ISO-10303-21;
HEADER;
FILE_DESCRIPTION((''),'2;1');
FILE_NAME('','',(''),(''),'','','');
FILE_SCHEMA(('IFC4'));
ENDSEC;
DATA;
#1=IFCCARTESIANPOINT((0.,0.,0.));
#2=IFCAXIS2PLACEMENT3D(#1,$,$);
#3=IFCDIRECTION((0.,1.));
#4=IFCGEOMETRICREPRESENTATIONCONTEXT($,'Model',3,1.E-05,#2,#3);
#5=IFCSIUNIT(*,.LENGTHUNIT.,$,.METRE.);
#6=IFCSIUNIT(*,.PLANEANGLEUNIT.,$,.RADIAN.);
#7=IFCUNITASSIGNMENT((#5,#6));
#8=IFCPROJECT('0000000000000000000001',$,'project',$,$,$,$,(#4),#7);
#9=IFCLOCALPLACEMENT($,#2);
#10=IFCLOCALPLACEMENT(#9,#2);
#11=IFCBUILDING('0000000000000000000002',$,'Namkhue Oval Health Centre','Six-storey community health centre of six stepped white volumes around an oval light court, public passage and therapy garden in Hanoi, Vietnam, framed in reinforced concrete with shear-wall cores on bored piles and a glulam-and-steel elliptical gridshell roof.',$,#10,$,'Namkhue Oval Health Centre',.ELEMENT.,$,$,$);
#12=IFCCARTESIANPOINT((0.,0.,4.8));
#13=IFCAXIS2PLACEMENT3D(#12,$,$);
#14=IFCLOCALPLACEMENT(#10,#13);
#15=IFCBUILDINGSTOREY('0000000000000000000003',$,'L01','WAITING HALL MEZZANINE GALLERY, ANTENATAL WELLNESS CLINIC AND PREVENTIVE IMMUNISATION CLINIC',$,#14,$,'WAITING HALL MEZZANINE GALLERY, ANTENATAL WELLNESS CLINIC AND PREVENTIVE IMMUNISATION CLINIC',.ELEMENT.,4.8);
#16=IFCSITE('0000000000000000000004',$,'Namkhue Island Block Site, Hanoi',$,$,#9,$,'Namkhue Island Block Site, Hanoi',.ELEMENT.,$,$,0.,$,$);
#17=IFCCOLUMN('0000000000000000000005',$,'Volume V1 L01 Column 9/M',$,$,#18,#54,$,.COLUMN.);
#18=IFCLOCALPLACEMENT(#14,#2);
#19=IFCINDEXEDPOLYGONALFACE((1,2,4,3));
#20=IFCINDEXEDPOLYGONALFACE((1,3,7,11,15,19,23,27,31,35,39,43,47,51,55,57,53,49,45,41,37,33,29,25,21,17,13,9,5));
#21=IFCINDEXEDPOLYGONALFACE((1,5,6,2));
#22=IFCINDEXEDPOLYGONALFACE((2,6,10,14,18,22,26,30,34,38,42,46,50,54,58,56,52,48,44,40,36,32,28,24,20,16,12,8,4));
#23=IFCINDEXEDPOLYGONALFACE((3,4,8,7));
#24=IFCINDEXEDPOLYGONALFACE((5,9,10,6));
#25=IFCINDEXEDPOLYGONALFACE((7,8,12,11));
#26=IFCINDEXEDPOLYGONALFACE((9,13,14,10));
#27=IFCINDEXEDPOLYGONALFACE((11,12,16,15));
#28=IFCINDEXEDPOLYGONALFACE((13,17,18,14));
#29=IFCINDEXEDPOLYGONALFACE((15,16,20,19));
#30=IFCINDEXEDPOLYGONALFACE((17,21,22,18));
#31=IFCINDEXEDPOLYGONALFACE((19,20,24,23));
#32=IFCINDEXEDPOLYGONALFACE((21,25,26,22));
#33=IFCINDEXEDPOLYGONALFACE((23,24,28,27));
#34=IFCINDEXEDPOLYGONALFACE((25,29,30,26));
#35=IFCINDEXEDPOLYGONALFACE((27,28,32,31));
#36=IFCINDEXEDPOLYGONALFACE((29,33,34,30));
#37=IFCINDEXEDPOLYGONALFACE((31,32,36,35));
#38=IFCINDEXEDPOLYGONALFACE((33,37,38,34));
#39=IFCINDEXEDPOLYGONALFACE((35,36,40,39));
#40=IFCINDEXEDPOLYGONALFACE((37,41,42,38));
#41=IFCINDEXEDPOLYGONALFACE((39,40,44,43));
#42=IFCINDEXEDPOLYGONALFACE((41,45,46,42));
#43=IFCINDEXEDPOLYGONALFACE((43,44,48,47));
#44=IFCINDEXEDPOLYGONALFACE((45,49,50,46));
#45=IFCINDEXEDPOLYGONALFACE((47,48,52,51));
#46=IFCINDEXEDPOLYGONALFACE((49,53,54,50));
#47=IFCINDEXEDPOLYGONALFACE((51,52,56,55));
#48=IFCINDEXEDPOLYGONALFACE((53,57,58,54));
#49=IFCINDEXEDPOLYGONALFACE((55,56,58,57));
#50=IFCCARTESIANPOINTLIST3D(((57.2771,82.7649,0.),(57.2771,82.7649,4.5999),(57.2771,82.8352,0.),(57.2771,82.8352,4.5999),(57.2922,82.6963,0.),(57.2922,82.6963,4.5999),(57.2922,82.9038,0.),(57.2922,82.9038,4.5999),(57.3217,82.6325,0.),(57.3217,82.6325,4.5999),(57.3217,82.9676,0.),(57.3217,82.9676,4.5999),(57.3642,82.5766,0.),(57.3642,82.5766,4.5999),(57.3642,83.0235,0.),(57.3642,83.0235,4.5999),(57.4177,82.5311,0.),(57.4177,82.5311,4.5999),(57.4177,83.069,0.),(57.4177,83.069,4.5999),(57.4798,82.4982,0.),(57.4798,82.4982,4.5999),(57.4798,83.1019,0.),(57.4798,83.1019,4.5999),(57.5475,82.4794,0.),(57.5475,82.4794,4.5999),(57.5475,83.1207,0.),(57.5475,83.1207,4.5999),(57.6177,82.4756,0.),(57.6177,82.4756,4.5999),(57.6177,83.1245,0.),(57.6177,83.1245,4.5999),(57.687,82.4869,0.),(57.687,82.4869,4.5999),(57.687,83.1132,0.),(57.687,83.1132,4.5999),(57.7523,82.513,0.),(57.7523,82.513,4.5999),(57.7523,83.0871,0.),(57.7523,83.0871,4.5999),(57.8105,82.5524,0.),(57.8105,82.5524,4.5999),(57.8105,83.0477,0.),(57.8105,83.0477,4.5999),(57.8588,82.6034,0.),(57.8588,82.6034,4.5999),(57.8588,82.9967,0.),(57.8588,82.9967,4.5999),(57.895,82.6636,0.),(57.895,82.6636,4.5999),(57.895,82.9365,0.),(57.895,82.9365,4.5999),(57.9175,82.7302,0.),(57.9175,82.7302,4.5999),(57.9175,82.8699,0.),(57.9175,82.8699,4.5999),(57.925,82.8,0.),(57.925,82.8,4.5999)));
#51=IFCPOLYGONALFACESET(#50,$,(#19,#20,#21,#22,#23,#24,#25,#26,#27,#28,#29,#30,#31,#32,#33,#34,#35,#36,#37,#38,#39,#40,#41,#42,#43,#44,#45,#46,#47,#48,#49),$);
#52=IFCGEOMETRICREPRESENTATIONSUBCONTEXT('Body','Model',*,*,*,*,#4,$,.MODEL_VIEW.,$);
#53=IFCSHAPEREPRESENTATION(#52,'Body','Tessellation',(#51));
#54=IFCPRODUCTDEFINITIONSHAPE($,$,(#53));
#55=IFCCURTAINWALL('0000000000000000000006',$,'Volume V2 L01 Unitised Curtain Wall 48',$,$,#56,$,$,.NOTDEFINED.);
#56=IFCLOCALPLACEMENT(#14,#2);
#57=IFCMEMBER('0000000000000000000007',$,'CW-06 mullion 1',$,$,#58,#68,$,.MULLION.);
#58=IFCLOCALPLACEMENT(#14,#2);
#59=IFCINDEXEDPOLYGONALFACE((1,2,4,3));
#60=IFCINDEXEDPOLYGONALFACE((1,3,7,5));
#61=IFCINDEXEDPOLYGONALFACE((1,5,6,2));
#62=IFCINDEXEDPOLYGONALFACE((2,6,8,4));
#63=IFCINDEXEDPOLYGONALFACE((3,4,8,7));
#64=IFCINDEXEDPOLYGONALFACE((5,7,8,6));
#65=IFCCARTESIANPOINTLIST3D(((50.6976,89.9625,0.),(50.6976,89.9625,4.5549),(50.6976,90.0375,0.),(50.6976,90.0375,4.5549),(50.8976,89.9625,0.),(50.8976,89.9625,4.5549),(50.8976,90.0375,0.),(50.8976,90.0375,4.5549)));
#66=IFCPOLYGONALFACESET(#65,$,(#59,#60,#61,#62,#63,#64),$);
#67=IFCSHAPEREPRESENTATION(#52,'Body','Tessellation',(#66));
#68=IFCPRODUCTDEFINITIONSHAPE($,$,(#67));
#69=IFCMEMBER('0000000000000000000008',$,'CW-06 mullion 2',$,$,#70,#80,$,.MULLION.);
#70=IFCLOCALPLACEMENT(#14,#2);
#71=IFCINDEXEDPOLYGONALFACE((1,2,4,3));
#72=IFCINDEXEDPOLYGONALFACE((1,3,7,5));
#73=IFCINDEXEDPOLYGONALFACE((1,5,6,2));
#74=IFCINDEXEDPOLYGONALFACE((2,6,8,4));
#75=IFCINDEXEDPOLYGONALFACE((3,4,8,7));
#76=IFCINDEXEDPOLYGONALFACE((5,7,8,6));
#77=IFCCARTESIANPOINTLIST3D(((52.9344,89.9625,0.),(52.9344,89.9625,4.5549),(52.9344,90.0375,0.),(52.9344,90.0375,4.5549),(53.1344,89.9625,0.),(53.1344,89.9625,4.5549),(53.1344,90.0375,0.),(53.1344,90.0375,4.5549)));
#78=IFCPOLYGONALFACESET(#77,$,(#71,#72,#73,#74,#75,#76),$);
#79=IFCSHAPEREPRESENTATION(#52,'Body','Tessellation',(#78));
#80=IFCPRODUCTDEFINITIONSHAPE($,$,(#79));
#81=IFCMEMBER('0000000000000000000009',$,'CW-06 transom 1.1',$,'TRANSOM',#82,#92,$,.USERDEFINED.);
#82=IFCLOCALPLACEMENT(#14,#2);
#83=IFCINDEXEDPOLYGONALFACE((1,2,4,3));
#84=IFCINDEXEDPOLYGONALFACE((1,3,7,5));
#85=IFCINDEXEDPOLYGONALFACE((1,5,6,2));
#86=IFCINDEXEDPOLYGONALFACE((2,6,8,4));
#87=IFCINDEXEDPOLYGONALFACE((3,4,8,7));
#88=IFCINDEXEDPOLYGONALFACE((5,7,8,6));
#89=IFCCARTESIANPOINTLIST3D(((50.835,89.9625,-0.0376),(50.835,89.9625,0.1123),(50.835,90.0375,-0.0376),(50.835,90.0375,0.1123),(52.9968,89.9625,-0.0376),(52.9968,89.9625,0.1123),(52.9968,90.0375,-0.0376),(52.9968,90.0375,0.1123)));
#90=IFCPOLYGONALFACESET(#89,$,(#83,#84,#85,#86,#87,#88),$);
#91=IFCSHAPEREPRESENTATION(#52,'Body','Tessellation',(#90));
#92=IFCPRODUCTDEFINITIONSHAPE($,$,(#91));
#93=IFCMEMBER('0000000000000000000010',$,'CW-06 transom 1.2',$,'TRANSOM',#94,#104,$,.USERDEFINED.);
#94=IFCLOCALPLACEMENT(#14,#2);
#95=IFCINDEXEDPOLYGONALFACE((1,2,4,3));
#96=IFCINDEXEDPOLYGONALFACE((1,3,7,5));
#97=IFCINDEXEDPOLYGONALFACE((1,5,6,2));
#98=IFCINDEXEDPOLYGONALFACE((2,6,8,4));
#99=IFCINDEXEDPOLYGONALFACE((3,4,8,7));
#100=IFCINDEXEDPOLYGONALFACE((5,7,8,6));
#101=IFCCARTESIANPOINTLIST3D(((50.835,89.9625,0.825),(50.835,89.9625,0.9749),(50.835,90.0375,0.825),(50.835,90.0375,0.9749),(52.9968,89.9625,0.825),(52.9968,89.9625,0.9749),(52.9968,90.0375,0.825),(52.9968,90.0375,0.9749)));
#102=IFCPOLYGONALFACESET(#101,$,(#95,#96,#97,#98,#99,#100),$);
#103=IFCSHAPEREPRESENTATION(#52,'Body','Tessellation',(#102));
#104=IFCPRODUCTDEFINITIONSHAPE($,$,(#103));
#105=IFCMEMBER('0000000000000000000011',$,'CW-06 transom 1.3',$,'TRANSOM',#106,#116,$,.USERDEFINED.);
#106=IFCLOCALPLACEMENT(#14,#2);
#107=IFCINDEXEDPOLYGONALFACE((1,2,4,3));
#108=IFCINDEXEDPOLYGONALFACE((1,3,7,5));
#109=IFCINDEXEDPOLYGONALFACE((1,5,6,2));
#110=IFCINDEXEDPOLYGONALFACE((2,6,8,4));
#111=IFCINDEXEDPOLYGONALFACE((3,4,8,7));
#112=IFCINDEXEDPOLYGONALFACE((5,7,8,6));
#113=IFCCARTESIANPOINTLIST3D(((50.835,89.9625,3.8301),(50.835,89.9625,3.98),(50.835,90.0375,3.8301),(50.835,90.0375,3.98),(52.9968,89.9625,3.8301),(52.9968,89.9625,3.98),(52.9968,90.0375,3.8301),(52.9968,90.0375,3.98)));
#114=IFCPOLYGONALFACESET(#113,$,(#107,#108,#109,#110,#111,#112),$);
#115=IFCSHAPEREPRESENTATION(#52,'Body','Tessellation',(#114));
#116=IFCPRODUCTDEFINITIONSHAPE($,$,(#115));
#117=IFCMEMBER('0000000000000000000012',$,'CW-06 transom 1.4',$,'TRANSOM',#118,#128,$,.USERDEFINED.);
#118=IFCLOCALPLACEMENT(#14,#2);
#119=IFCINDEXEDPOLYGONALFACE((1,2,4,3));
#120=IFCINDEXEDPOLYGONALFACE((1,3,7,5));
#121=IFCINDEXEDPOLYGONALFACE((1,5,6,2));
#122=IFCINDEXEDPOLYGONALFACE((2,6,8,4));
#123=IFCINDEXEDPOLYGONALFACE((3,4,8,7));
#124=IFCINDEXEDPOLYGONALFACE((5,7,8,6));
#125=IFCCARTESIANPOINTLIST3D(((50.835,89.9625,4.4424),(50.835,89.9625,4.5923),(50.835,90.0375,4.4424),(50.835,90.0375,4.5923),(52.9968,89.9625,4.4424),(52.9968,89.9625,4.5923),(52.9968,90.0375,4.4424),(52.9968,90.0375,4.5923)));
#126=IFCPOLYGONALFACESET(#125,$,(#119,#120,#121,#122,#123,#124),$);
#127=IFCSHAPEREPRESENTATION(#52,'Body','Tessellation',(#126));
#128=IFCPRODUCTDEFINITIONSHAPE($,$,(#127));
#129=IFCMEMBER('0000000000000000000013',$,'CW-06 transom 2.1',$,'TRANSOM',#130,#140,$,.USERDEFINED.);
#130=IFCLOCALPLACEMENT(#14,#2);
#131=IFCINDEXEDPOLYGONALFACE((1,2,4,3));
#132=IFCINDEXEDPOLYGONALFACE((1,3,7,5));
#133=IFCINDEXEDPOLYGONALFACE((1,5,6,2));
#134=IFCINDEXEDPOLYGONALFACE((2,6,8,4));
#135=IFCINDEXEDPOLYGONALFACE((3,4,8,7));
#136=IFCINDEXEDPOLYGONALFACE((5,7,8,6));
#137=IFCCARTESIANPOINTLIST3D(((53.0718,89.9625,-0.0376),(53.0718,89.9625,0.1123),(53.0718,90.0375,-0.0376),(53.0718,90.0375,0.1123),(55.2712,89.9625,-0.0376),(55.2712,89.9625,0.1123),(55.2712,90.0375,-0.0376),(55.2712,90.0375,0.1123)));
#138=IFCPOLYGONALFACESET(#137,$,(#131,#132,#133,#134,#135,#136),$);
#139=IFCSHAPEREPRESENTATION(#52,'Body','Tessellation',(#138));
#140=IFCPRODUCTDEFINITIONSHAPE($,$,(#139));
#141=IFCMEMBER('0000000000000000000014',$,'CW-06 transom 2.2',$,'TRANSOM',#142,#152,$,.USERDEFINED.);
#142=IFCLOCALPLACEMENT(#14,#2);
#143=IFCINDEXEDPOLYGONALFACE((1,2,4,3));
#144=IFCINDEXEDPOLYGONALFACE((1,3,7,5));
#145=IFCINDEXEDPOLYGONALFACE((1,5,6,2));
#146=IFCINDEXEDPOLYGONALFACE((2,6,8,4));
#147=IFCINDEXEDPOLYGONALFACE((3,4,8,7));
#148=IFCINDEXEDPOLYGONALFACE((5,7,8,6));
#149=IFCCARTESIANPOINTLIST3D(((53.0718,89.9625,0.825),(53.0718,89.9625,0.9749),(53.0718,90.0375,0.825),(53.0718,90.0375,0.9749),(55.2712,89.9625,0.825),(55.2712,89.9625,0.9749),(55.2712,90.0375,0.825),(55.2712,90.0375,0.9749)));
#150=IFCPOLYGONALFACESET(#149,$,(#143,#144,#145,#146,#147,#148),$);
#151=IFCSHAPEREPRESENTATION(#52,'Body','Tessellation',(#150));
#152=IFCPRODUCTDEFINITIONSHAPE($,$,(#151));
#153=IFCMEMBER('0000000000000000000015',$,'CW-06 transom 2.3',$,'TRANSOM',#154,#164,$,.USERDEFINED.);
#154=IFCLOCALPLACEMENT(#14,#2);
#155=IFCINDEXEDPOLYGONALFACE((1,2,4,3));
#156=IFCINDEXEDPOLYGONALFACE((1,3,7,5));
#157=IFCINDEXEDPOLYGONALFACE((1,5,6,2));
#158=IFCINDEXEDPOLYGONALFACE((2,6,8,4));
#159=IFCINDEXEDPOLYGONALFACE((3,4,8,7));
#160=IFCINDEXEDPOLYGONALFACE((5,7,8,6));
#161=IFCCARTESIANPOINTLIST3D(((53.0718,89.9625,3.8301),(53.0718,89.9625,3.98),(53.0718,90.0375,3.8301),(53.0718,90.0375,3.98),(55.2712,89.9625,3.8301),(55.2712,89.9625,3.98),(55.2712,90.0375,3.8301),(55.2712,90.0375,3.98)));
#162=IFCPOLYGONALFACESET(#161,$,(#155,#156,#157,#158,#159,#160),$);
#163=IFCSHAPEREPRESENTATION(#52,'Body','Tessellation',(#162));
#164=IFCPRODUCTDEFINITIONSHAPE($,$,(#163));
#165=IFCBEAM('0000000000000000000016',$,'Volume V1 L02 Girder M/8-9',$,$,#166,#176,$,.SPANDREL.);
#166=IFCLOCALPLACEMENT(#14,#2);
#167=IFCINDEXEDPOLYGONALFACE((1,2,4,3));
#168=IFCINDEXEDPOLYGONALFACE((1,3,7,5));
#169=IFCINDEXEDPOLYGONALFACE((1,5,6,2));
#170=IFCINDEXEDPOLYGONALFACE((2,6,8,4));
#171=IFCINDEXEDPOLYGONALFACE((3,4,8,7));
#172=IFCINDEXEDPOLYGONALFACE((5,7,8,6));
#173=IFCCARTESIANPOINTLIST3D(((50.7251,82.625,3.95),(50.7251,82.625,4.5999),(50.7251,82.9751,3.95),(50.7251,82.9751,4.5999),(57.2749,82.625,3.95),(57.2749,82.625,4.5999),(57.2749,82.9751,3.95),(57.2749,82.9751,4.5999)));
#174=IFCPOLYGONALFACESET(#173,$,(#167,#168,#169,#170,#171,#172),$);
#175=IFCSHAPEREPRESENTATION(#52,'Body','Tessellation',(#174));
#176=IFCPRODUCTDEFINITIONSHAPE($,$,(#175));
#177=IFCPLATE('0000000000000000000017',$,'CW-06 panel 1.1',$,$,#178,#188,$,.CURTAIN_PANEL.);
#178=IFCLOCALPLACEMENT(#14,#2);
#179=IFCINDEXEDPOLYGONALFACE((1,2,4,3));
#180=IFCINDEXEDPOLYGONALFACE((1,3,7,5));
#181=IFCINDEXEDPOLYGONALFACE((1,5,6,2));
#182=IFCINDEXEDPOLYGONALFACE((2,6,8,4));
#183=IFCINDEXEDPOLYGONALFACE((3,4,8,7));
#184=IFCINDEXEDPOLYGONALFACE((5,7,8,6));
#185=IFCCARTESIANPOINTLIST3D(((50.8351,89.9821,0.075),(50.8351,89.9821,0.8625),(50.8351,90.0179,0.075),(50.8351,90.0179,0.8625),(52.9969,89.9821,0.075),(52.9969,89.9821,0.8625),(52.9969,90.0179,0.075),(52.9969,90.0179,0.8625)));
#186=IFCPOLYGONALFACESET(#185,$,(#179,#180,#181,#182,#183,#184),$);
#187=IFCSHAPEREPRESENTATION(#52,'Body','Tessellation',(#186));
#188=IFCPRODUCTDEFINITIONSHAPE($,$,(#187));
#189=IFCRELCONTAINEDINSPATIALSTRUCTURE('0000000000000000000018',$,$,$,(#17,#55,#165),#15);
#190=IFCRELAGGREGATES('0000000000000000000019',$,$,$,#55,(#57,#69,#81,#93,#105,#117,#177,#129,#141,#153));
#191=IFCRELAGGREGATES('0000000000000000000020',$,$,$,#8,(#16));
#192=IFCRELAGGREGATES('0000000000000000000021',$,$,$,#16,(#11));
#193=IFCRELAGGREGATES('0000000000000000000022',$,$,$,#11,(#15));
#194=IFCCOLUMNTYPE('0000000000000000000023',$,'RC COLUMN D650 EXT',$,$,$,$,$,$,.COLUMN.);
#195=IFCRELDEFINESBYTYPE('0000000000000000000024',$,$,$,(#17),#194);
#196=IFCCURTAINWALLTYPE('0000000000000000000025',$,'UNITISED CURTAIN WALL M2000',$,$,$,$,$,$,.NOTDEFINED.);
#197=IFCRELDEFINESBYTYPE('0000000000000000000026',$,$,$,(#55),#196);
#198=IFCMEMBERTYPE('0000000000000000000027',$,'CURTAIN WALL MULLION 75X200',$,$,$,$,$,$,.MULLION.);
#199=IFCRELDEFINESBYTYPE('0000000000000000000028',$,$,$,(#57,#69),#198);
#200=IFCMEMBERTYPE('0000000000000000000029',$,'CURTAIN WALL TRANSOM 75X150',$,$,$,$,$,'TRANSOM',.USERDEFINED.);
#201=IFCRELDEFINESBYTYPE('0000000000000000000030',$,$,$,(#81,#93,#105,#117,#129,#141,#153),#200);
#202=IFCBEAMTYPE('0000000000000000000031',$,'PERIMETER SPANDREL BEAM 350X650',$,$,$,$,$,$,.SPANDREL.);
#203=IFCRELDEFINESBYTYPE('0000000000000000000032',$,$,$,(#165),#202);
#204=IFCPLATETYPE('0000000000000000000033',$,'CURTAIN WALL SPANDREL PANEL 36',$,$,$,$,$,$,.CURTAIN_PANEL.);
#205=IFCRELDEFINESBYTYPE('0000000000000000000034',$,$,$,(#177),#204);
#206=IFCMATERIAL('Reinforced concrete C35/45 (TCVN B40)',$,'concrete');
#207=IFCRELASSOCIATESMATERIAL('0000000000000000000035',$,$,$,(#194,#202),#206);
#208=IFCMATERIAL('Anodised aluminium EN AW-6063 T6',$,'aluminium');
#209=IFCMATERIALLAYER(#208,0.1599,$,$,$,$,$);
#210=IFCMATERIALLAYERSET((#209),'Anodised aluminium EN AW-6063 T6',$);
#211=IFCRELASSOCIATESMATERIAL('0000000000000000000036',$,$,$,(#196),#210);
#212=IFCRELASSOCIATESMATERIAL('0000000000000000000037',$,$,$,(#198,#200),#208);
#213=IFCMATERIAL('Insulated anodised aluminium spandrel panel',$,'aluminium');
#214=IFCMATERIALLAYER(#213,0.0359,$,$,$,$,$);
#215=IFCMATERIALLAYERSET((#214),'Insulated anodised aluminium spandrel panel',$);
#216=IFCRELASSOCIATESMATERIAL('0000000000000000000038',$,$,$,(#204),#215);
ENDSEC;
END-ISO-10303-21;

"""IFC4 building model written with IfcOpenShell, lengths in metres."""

from ifc_helpers import new_model, si_unit, direction, frame, origin, origin_2d, place, context, subcontext, project, spatial, rectangle, circle, extrude, material, layer, layer_set, material_profile, profile_set, type_object, element, aggregate, save


model = new_model("IFC4")

# Units and contexts
model_context = context("Model", 3, precision=1e-05, world=origin(), true_north=direction((0.0, 1.0)))
body_context = subcontext(model_context, "Body", "Model", "MODEL_VIEW")
ifc_project = project(units=[si_unit("LENGTHUNIT", "METRE"), si_unit("PLANEANGLEUNIT", "RADIAN")], contexts=[model_context])

# Site, building, storey
site_placement = place(None, origin())
site = spatial("IfcSite", under=ifc_project, at=site_placement, Name="Namkhue Island Block Site, Hanoi", LongName="Namkhue Island Block Site, Hanoi", CompositionType="ELEMENT", RefElevation=0.0)
building_placement = place(site_placement, origin())
building = spatial("IfcBuilding", under=site, at=building_placement, Name="Namkhue Oval Health Centre", Description="Six-storey community health centre of six stepped white volumes around an oval light court, public passage and therapy garden in Hanoi, Vietnam, framed in reinforced concrete with shear-wall cores on bored piles and a glulam-and-steel elliptical gridshell roof.", LongName="Namkhue Oval Health Centre", CompositionType="ELEMENT")
storey_placement = place(building_placement, frame((0.0, 0.0, 4.8)))
storey = spatial("IfcBuildingStorey", under=building, at=storey_placement, Name="L01", Description="WAITING HALL MEZZANINE GALLERY, ANTENATAL WELLNESS CLINIC AND PREVENTIVE IMMUNISATION CLINIC", LongName="WAITING HALL MEZZANINE GALLERY, ANTENATAL WELLNESS CLINIC AND PREVENTIVE IMMUNISATION CLINIC", CompositionType="ELEMENT", Elevation=4.8)

# Column
ifc_material_1 = material(Name="Reinforced concrete C35/45 (TCVN B40)", Category="concrete")
ifc_material_profile_1 = material_profile(ifc_material_1, circle(Radius=0.325, at=origin_2d()), Name="RC D650")
ifc_profile_set_1 = profile_set([ifc_material_profile_1], Name="Reinforced concrete C35/45 (TCVN B40)")
column_type = type_object("IfcColumnType", Name="RC COLUMN D650 EXT", PredefinedType="COLUMN", material=ifc_profile_set_1)
column_placement = place(storey_placement, frame((57.6001, 82.8, 0.0), z_axis=(0.0, 0.0, 1.0), x_axis=(1.0, 0.0, 0.0)))
element("IfcColumn", 1, at=column_placement, inside=storey, type_object=column_type, Name="Volume V1 L01 Column 9/M", PredefinedType="COLUMN", context=body_context, shape_type="SweptSolid", body=[
    extrude(circle(Radius=0.325, at=origin_2d()), origin(), (0.0, 0.0, 1.0), 4.5999),
])

# Curtain wall, members
ifc_material_2 = material(Name="Anodised aluminium EN AW-6063 T6", Category="aluminium")
ifc_layer_1 = layer(ifc_material_2, 0.1599)
ifc_layer_set_1 = layer_set([ifc_layer_1], Name="Anodised aluminium EN AW-6063 T6")
curtain_wall_type = type_object("IfcCurtainWallType", Name="UNITISED CURTAIN WALL M2000", PredefinedType="NOTDEFINED", material=ifc_layer_set_1)
curtain_wall_placement = place(storey_placement, origin())
curtain_wall = element("IfcCurtainWall", 2, at=curtain_wall_placement, inside=storey, type_object=curtain_wall_type, Name="Volume V2 L01 Unitised Curtain Wall 48", PredefinedType="NOTDEFINED")
ifc_material_profile_2 = material_profile(ifc_material_2, rectangle(XDim=0.075, YDim=0.2, at=origin_2d()), Name="ALU 75x200")
ifc_profile_set_2 = profile_set([ifc_material_profile_2], Name="Anodised aluminium EN AW-6063 T6")
member_type_1 = type_object("IfcMemberType", Name="CURTAIN WALL MULLION 75X200", PredefinedType="MULLION", material=ifc_profile_set_2)
member_1_placement = place(storey_placement, frame((50.7976, 90.0, 0.0), z_axis=(0.0, 0.0, 1.0), x_axis=(0.0, 1.0, 0.0)))
member_1 = element("IfcMember", 3, at=member_1_placement, type_object=member_type_1, Name="CW-06 mullion 1", PredefinedType="MULLION", context=body_context, shape_type="SweptSolid", body=[
    extrude(rectangle(XDim=0.075, YDim=0.2, at=origin_2d()), origin(), (0.0, 0.0, 1.0), 4.5549),
])
member_2_placement = place(storey_placement, frame((53.0344, 90.0, 0.0), z_axis=(0.0, 0.0, 1.0), x_axis=(0.0, 1.0, 0.0)))
member_2 = element("IfcMember", 4, at=member_2_placement, type_object=member_type_1, Name="CW-06 mullion 2", PredefinedType="MULLION", context=body_context, shape_type="SweptSolid", body=[
    extrude(rectangle(XDim=0.075, YDim=0.2, at=origin_2d()), origin(), (0.0, 0.0, 1.0), 4.5549),
])
ifc_material_profile_3 = material_profile(ifc_material_2, rectangle(XDim=0.075, YDim=0.1499, at=origin_2d()), Name="ALU 75x150")
ifc_profile_set_3 = profile_set([ifc_material_profile_3], Name="Anodised aluminium EN AW-6063 T6")
member_type_2 = type_object("IfcMemberType", Name="CURTAIN WALL TRANSOM 75X150", ElementType="TRANSOM", PredefinedType="USERDEFINED", material=ifc_profile_set_3)
member_3_placement = place(storey_placement, frame((50.835, 90.0, 0.0374), z_axis=(1.0, 0.0, 0.0), x_axis=(0.0, 1.0, 0.0)))
member_3 = element("IfcMember", 5, at=member_3_placement, type_object=member_type_2, Name="CW-06 transom 1.1", ObjectType="TRANSOM", PredefinedType="USERDEFINED", context=body_context, shape_type="SweptSolid", body=[
    extrude(rectangle(XDim=0.075, YDim=0.1499, at=origin_2d()), origin(), (0.0, 0.0, 1.0), 2.1619),
])
member_4_placement = place(storey_placement, frame((50.835, 90.0, 0.8999), z_axis=(1.0, 0.0, 0.0), x_axis=(0.0, 1.0, 0.0)))
member_4 = element("IfcMember", 6, at=member_4_placement, type_object=member_type_2, Name="CW-06 transom 1.2", ObjectType="TRANSOM", PredefinedType="USERDEFINED", context=body_context, shape_type="SweptSolid", body=[
    extrude(rectangle(XDim=0.075, YDim=0.1499, at=origin_2d()), origin(), (0.0, 0.0, 1.0), 2.1619),
])
member_5_placement = place(storey_placement, frame((50.835, 90.0, 3.905), z_axis=(1.0, 0.0, 0.0), x_axis=(0.0, 1.0, 0.0)))
member_5 = element("IfcMember", 7, at=member_5_placement, type_object=member_type_2, Name="CW-06 transom 1.3", ObjectType="TRANSOM", PredefinedType="USERDEFINED", context=body_context, shape_type="SweptSolid", body=[
    extrude(rectangle(XDim=0.075, YDim=0.1499, at=origin_2d()), origin(), (0.0, 0.0, 1.0), 2.1619),
])
member_6_placement = place(storey_placement, frame((50.835, 90.0, 4.5173), z_axis=(1.0, 0.0, 0.0), x_axis=(0.0, 1.0, 0.0)))
member_6 = element("IfcMember", 8, at=member_6_placement, type_object=member_type_2, Name="CW-06 transom 1.4", ObjectType="TRANSOM", PredefinedType="USERDEFINED", context=body_context, shape_type="SweptSolid", body=[
    extrude(rectangle(XDim=0.075, YDim=0.1499, at=origin_2d()), origin(), (0.0, 0.0, 1.0), 2.1619),
])
member_7_placement = place(storey_placement, frame((53.0718, 90.0, 0.0374), z_axis=(1.0, 0.0, 0.0), x_axis=(0.0, 1.0, 0.0)))
member_7 = element("IfcMember", 9, at=member_7_placement, type_object=member_type_2, Name="CW-06 transom 2.1", ObjectType="TRANSOM", PredefinedType="USERDEFINED", context=body_context, shape_type="SweptSolid", body=[
    extrude(rectangle(XDim=0.075, YDim=0.1499, at=origin_2d()), origin(), (0.0, 0.0, 1.0), 2.1995),
])
member_8_placement = place(storey_placement, frame((53.0718, 90.0, 0.8999), z_axis=(1.0, 0.0, 0.0), x_axis=(0.0, 1.0, 0.0)))
member_8 = element("IfcMember", 10, at=member_8_placement, type_object=member_type_2, Name="CW-06 transom 2.2", ObjectType="TRANSOM", PredefinedType="USERDEFINED", context=body_context, shape_type="SweptSolid", body=[
    extrude(rectangle(XDim=0.075, YDim=0.1499, at=origin_2d()), origin(), (0.0, 0.0, 1.0), 2.1995),
])
member_9_placement = place(storey_placement, frame((53.0718, 90.0, 3.905), z_axis=(1.0, 0.0, 0.0), x_axis=(0.0, 1.0, 0.0)))
member_9 = element("IfcMember", 11, at=member_9_placement, type_object=member_type_2, Name="CW-06 transom 2.3", ObjectType="TRANSOM", PredefinedType="USERDEFINED", context=body_context, shape_type="SweptSolid", body=[
    extrude(rectangle(XDim=0.075, YDim=0.1499, at=origin_2d()), origin(), (0.0, 0.0, 1.0), 2.1995),
])

# Beam
ifc_material_profile_4 = material_profile(ifc_material_1, rectangle(XDim=0.3501, YDim=0.6499, at=origin_2d()), Name="RC 350x650")
ifc_profile_set_4 = profile_set([ifc_material_profile_4], Name="Reinforced concrete C35/45 (TCVN B40)")
beam_type = type_object("IfcBeamType", Name="PERIMETER SPANDREL BEAM 350X650", PredefinedType="SPANDREL", material=ifc_profile_set_4)
beam_placement = place(storey_placement, frame((50.7251, 82.8, 4.2749), z_axis=(1.0, 0.0, 0.0), x_axis=(0.0, 1.0, 0.0)))
element("IfcBeam", 12, at=beam_placement, inside=storey, type_object=beam_type, Name="Volume V1 L02 Girder M/8-9", PredefinedType="SPANDREL", context=body_context, shape_type="SweptSolid", body=[
    extrude(rectangle(XDim=0.3501, YDim=0.6499, at=origin_2d()), origin(), (0.0, 0.0, 1.0), 6.5498),
])

# Plate
ifc_material_3 = material(Name="Insulated anodised aluminium spandrel panel", Category="aluminium")
ifc_layer_2 = layer(ifc_material_3, 0.0359)
ifc_layer_set_2 = layer_set([ifc_layer_2], Name="Insulated anodised aluminium spandrel panel")
plate_type = type_object("IfcPlateType", Name="CURTAIN WALL SPANDREL PANEL 36", PredefinedType="CURTAIN_PANEL", material=ifc_layer_set_2)
plate_1_placement = place(storey_placement, frame((51.916, 90.0, 0.075), z_axis=(0.0, 0.0, 1.0), x_axis=(1.0, 0.0, 0.0)))
plate_1 = element("IfcPlate", 13, at=plate_1_placement, type_object=plate_type, Name="CW-06 panel 1.1", PredefinedType="CURTAIN_PANEL", context=body_context, shape_type="SweptSolid", body=[
    extrude(rectangle(XDim=2.1619, YDim=0.0359, at=origin_2d()), origin(), (0.0, 0.0, 1.0), 0.7876),
])
aggregate(curtain_wall, [member_1, member_2, member_3, member_4, member_5, member_6, plate_1, member_7, member_8, member_9])

save(model, "model.ifc")
